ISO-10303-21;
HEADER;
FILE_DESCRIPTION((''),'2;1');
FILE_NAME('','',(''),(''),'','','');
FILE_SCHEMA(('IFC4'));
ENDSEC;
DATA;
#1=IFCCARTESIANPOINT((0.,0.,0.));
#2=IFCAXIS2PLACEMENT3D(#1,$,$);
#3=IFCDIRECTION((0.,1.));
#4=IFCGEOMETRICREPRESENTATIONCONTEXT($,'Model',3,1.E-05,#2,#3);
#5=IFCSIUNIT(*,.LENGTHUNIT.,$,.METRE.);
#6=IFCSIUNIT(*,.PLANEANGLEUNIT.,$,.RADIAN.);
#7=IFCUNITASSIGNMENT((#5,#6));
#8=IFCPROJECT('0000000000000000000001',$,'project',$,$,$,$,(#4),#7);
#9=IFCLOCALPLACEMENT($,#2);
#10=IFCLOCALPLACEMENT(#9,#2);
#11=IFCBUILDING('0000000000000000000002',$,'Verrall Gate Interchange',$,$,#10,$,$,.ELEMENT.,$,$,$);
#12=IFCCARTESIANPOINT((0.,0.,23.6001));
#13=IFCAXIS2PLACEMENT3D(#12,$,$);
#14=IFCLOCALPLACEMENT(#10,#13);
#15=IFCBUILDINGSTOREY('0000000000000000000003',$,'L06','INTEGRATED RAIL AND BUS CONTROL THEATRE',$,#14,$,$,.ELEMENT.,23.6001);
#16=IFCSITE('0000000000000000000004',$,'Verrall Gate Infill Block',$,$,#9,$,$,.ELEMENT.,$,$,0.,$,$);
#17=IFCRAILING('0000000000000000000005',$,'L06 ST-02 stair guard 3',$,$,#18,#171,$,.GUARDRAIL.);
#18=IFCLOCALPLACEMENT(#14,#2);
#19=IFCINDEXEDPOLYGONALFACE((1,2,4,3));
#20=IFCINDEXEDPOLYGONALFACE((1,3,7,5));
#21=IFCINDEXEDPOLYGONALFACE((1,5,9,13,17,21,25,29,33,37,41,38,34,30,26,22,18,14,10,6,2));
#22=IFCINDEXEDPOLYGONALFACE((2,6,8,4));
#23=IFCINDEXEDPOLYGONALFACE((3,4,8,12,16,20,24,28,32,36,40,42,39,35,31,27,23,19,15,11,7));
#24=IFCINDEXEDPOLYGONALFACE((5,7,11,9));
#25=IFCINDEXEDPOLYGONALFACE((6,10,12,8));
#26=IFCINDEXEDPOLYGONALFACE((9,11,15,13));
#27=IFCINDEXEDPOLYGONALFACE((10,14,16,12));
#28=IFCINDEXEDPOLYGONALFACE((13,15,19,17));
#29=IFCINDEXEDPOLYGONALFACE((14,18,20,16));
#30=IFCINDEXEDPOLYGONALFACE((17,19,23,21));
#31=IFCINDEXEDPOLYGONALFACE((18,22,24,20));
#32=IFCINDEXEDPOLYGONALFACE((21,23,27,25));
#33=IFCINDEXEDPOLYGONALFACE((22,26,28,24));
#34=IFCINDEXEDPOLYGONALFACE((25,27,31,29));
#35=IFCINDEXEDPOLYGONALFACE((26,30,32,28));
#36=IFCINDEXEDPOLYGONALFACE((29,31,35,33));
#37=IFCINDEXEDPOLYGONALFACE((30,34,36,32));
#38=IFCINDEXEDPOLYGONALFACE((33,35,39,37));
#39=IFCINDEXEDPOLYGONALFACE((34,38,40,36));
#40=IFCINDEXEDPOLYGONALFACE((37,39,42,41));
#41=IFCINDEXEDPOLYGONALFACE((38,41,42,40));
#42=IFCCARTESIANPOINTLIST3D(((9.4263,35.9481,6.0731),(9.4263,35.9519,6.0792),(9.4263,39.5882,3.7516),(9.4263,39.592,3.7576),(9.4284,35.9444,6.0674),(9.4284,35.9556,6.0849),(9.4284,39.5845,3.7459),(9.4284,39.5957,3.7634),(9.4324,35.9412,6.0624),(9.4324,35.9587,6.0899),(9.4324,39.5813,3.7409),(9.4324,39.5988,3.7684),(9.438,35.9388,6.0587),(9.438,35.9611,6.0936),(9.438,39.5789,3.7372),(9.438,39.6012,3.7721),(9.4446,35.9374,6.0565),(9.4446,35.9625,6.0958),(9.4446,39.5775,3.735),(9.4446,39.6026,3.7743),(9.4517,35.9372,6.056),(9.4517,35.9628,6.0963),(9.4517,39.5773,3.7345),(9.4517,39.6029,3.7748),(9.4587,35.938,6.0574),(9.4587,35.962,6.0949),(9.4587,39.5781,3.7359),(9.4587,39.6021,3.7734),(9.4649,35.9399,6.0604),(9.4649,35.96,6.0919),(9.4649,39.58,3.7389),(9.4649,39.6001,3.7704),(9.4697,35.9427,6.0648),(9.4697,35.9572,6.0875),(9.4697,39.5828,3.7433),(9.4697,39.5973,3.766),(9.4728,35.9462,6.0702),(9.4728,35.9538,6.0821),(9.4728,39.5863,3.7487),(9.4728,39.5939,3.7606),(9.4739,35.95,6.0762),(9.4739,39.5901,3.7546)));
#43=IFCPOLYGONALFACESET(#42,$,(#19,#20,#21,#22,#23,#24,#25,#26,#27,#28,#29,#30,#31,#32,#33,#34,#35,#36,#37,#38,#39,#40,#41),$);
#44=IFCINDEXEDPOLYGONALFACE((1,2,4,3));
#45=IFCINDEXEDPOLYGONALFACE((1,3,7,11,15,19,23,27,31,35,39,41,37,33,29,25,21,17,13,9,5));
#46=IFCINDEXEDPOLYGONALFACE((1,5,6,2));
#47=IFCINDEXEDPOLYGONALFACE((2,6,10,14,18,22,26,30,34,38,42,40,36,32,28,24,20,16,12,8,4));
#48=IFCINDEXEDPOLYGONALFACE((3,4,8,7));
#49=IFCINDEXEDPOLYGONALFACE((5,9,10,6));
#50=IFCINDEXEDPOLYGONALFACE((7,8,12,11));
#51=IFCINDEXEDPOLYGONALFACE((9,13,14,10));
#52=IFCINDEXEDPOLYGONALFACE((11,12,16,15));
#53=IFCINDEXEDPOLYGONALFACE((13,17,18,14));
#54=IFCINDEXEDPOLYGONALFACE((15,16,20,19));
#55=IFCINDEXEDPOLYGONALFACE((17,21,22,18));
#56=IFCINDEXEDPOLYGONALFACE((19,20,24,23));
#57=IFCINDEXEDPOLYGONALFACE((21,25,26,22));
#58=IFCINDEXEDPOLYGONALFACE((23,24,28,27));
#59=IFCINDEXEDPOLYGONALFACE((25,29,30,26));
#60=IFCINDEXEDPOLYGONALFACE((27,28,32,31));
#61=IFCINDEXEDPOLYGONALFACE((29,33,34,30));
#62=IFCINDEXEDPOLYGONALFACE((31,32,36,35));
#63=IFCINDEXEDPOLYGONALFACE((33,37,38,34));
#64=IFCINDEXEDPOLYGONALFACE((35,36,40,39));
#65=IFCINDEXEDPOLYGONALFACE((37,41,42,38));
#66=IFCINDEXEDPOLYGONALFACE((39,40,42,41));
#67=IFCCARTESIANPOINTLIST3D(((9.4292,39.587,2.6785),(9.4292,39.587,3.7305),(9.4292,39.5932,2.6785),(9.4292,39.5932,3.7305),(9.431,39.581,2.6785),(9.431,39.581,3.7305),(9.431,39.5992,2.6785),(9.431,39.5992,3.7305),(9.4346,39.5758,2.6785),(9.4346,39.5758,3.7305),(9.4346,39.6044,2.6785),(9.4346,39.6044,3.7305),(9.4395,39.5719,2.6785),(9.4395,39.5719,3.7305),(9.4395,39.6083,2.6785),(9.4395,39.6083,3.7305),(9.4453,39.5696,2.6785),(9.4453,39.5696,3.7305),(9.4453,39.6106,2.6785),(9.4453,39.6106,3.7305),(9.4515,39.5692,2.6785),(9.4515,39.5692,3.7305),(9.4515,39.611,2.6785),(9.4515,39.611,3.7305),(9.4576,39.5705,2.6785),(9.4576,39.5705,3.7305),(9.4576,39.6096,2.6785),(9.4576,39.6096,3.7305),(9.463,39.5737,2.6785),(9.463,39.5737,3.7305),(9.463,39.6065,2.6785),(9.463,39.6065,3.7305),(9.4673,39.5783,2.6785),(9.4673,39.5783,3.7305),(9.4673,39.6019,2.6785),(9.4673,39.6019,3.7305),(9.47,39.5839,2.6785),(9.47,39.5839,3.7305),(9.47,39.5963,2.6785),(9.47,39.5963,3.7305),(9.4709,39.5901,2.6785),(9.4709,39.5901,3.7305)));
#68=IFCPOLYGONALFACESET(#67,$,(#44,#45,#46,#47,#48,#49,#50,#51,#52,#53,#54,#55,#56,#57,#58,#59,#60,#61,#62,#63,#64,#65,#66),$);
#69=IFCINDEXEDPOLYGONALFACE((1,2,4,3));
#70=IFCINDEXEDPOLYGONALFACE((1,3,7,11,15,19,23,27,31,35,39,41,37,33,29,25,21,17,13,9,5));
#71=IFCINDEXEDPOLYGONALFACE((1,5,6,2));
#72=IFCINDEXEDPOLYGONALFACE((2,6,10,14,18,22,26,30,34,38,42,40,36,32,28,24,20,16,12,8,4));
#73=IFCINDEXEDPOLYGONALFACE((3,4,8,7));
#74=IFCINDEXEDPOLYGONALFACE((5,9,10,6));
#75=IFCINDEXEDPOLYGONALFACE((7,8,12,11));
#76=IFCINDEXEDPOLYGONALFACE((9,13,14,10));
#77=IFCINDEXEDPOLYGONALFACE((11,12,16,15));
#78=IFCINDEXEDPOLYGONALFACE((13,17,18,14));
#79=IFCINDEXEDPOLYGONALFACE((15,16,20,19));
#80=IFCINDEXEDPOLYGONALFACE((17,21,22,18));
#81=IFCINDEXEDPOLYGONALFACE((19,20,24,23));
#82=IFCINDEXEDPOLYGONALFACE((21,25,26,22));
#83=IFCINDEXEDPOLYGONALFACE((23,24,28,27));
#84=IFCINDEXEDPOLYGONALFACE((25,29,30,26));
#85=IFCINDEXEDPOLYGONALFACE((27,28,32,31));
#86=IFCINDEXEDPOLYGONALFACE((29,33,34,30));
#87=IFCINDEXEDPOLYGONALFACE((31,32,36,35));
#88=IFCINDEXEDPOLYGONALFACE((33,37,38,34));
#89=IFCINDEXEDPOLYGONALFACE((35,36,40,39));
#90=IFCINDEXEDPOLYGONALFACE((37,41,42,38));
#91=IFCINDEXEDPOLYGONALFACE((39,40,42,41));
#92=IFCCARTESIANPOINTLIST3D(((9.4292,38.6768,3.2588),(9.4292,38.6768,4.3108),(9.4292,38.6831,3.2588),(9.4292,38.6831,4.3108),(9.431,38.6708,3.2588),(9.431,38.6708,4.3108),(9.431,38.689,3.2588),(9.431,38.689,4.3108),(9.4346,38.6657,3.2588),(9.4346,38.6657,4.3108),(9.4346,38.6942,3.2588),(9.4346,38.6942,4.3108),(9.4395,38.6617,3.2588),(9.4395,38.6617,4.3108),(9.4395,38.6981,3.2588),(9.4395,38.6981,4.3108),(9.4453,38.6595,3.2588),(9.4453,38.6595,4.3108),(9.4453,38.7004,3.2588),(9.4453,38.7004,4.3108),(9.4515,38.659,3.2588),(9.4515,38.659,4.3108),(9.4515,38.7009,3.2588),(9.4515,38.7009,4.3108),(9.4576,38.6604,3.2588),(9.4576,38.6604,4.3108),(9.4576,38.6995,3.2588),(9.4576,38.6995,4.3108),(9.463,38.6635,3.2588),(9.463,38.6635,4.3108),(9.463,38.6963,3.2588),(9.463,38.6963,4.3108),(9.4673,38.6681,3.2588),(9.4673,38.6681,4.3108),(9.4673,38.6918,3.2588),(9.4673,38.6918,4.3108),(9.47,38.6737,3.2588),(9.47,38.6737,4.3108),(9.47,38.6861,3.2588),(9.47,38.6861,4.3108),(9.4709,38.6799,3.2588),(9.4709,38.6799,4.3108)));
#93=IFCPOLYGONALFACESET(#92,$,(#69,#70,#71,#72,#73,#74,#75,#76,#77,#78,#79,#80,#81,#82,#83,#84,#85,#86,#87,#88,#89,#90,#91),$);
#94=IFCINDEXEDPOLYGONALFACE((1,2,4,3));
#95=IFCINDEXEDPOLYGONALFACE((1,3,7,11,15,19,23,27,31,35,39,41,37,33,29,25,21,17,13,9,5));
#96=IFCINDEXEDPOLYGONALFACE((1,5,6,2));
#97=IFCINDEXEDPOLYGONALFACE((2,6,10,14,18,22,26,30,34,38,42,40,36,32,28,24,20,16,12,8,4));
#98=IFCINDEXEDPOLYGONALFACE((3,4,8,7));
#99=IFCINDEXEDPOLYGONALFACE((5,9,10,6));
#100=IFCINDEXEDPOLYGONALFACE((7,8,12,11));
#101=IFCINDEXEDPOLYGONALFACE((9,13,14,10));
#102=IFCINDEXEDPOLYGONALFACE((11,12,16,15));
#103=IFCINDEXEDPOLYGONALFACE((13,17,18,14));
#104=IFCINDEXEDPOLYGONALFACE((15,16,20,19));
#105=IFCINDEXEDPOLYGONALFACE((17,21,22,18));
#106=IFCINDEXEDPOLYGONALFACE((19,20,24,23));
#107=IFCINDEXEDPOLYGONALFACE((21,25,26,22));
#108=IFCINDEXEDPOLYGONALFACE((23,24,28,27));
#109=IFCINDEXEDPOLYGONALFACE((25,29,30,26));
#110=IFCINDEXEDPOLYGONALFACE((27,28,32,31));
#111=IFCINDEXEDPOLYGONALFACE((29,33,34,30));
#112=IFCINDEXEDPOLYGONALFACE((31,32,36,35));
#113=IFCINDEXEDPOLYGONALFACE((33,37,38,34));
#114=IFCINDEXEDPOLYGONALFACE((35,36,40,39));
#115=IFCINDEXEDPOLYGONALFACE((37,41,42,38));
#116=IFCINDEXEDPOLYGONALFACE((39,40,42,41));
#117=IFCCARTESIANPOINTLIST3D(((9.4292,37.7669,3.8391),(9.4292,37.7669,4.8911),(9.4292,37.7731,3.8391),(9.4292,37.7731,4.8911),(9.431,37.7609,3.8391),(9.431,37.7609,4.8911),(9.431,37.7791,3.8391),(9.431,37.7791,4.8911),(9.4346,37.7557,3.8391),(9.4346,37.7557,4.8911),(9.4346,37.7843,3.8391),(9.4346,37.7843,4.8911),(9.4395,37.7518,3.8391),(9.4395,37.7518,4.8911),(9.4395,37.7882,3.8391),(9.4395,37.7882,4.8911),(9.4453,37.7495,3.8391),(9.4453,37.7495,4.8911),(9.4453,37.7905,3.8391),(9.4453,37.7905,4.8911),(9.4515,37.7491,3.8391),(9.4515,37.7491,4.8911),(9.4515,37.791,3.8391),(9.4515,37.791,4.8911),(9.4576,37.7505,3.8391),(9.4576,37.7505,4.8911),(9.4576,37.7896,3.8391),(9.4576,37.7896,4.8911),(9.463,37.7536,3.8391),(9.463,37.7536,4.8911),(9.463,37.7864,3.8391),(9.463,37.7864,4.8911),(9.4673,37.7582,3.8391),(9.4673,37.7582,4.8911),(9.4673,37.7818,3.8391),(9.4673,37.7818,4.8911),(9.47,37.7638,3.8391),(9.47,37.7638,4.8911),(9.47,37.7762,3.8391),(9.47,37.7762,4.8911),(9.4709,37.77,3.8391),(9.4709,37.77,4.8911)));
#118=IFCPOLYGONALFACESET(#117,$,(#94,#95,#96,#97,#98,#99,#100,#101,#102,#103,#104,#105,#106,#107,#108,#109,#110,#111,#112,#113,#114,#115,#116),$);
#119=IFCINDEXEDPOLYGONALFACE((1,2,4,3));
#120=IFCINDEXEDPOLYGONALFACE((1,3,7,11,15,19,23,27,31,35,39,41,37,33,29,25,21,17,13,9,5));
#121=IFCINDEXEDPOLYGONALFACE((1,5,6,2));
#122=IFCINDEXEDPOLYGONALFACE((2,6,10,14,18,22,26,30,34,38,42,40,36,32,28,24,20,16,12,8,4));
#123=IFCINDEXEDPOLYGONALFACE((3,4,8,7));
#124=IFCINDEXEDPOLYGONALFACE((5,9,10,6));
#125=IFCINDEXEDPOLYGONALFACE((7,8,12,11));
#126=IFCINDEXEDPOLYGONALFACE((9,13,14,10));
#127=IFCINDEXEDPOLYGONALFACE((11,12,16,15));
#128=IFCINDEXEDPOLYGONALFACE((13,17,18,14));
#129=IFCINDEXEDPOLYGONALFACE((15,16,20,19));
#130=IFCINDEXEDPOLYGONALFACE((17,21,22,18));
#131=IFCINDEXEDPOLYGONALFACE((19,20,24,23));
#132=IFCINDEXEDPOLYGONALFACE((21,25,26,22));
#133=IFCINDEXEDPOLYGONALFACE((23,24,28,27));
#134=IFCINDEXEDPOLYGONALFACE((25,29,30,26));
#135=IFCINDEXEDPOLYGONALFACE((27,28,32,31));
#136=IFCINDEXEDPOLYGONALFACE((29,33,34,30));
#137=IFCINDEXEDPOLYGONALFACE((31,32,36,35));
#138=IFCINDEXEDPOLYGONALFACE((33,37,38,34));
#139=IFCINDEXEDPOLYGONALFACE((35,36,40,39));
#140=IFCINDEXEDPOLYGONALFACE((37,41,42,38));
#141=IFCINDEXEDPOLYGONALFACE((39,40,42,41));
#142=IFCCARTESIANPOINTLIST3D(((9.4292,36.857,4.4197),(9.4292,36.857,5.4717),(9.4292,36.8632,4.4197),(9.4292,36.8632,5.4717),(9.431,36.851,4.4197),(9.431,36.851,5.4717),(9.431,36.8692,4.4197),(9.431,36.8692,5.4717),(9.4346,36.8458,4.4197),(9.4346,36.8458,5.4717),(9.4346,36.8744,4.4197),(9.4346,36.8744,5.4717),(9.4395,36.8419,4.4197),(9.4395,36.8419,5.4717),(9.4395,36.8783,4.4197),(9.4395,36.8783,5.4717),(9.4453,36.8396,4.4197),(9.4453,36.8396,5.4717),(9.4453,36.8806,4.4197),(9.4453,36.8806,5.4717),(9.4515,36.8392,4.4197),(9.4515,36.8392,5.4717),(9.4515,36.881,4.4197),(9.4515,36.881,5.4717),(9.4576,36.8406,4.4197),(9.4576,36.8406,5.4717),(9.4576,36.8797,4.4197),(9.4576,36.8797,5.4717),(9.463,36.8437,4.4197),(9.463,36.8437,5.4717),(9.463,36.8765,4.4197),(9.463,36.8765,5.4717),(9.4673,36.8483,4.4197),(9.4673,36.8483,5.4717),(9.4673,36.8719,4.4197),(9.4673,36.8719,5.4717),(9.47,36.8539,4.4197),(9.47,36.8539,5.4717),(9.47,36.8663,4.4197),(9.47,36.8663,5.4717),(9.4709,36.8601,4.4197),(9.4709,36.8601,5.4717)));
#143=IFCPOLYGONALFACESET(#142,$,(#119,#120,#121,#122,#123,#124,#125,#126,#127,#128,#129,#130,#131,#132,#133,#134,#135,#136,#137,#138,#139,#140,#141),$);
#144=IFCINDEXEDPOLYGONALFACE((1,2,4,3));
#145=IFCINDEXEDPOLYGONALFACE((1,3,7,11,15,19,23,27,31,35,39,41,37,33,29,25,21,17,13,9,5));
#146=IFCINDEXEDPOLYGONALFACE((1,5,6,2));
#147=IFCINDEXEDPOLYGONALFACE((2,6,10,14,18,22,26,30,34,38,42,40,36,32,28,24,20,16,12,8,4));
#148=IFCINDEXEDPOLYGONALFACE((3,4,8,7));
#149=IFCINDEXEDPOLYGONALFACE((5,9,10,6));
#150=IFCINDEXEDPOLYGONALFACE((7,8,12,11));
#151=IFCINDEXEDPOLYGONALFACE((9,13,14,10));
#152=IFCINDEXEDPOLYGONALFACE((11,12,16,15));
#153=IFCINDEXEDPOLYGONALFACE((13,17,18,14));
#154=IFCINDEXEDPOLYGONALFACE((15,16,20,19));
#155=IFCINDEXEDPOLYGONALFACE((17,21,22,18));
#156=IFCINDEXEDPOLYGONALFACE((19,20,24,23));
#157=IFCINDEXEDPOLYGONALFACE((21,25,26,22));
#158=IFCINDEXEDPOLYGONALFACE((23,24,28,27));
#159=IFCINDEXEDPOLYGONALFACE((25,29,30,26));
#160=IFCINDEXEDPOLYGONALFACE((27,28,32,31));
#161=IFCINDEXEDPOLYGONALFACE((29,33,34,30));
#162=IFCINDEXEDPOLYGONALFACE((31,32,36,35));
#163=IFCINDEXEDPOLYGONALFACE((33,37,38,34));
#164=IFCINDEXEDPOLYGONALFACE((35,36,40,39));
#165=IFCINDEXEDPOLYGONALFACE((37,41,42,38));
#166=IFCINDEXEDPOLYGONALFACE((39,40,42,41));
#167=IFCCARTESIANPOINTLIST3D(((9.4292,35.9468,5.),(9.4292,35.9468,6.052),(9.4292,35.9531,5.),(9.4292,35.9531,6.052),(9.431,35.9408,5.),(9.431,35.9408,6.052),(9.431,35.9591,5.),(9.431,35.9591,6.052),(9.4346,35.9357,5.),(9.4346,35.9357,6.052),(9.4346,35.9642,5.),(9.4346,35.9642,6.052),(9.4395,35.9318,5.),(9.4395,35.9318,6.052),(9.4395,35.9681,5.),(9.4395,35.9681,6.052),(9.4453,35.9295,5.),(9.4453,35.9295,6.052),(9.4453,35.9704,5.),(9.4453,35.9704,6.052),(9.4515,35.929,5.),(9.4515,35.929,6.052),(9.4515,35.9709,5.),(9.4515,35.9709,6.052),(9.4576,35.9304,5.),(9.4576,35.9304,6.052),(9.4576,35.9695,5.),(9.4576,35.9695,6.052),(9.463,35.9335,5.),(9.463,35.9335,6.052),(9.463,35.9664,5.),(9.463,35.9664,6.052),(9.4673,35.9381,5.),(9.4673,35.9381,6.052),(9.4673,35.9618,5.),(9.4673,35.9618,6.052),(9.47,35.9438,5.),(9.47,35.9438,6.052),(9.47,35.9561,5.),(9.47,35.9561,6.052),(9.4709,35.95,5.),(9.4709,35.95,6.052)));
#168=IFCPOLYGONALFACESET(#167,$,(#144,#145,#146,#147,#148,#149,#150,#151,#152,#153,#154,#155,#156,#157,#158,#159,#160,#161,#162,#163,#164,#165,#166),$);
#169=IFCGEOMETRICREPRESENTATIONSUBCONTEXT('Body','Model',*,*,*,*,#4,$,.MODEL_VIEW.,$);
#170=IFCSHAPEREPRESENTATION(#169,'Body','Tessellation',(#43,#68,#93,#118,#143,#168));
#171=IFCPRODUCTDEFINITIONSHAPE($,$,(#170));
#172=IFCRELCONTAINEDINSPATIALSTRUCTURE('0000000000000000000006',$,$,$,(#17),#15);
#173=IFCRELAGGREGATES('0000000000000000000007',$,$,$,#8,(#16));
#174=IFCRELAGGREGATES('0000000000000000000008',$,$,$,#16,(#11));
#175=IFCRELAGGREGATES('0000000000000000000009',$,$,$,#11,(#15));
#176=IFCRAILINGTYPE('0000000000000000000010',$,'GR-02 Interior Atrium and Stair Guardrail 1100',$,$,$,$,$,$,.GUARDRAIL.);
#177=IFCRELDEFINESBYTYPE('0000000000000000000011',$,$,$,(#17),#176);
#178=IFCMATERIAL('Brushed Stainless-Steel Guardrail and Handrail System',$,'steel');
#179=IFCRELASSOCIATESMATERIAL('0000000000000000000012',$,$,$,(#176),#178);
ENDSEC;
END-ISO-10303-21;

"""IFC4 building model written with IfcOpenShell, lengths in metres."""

from ifc_helpers import new_model, si_unit, direction, frame, origin, origin_2d, place, context, subcontext, project, spatial, circle, extrude, material, type_object, element, save


model = new_model("IFC4")

# Units and contexts
model_context = context("Model", 3, precision=1e-05, world=origin(), true_north=direction((0.0, 1.0)))
body_context = subcontext(model_context, "Body", "Model", "MODEL_VIEW")
ifc_project = project(units=[si_unit("LENGTHUNIT", "METRE"), si_unit("PLANEANGLEUNIT", "RADIAN")], contexts=[model_context])

# Site, building, storey
site_placement = place(None, origin())
site = spatial("IfcSite", under=ifc_project, at=site_placement, Name="Verrall Gate Infill Block", CompositionType="ELEMENT", RefElevation=0.0)
building_placement = place(site_placement, origin())
building = spatial("IfcBuilding", under=site, at=building_placement, Name="Verrall Gate Interchange", CompositionType="ELEMENT")
storey_placement = place(building_placement, frame((0.0, 0.0, 23.6001)))
storey = spatial("IfcBuildingStorey", under=building, at=storey_placement, Name="L06", Description="INTEGRATED RAIL AND BUS CONTROL THEATRE", CompositionType="ELEMENT", Elevation=23.6001)

# Railing
ifc_material_1 = material(Name="Brushed Stainless-Steel Guardrail and Handrail System", Category="steel")
railing_type_1 = type_object("IfcRailingType", Name="GR-02 Interior Atrium and Stair Guardrail 1100", PredefinedType="GUARDRAIL", material=ifc_material_1)
railing_1_placement = place(storey_placement, frame((9.45, 39.5901, 2.6785)))
element("IfcRailing", 1, at=railing_1_placement, inside=storey, type_object=railing_type_1, Name="L06 ST-02 stair guard 3", PredefinedType="GUARDRAIL", context=body_context, shape_type="SweptSolid", body=[
    extrude(circle(Radius=0.0239, at=origin_2d()), frame((0.0, 0.0, 1.0762), z_axis=(0.0, -0.843128, 0.537713), x_axis=(1.0, 0.0, 0.0)), (0.0, 0.0, 1.0), 4.3174),
    extrude(circle(Radius=0.021, at=origin_2d()), origin(), (0.0, 0.0, 1.0), 1.052),
    extrude(circle(Radius=0.021, at=origin_2d()), frame((0.0, -0.9102, 0.5803)), (0.0, 0.0, 1.0), 1.052),
    extrude(circle(Radius=0.021, at=origin_2d()), frame((0.0, -1.8201, 1.1606)), (0.0, 0.0, 1.0), 1.052),
    extrude(circle(Radius=0.021, at=origin_2d()), frame((0.0, -2.73, 1.7412)), (0.0, 0.0, 1.0), 1.052),
    extrude(circle(Radius=0.021, at=origin_2d()), frame((0.0, -3.6401, 2.3215)), (0.0, 0.0, 1.0), 1.052),
])

save(model, "model.ifc")
